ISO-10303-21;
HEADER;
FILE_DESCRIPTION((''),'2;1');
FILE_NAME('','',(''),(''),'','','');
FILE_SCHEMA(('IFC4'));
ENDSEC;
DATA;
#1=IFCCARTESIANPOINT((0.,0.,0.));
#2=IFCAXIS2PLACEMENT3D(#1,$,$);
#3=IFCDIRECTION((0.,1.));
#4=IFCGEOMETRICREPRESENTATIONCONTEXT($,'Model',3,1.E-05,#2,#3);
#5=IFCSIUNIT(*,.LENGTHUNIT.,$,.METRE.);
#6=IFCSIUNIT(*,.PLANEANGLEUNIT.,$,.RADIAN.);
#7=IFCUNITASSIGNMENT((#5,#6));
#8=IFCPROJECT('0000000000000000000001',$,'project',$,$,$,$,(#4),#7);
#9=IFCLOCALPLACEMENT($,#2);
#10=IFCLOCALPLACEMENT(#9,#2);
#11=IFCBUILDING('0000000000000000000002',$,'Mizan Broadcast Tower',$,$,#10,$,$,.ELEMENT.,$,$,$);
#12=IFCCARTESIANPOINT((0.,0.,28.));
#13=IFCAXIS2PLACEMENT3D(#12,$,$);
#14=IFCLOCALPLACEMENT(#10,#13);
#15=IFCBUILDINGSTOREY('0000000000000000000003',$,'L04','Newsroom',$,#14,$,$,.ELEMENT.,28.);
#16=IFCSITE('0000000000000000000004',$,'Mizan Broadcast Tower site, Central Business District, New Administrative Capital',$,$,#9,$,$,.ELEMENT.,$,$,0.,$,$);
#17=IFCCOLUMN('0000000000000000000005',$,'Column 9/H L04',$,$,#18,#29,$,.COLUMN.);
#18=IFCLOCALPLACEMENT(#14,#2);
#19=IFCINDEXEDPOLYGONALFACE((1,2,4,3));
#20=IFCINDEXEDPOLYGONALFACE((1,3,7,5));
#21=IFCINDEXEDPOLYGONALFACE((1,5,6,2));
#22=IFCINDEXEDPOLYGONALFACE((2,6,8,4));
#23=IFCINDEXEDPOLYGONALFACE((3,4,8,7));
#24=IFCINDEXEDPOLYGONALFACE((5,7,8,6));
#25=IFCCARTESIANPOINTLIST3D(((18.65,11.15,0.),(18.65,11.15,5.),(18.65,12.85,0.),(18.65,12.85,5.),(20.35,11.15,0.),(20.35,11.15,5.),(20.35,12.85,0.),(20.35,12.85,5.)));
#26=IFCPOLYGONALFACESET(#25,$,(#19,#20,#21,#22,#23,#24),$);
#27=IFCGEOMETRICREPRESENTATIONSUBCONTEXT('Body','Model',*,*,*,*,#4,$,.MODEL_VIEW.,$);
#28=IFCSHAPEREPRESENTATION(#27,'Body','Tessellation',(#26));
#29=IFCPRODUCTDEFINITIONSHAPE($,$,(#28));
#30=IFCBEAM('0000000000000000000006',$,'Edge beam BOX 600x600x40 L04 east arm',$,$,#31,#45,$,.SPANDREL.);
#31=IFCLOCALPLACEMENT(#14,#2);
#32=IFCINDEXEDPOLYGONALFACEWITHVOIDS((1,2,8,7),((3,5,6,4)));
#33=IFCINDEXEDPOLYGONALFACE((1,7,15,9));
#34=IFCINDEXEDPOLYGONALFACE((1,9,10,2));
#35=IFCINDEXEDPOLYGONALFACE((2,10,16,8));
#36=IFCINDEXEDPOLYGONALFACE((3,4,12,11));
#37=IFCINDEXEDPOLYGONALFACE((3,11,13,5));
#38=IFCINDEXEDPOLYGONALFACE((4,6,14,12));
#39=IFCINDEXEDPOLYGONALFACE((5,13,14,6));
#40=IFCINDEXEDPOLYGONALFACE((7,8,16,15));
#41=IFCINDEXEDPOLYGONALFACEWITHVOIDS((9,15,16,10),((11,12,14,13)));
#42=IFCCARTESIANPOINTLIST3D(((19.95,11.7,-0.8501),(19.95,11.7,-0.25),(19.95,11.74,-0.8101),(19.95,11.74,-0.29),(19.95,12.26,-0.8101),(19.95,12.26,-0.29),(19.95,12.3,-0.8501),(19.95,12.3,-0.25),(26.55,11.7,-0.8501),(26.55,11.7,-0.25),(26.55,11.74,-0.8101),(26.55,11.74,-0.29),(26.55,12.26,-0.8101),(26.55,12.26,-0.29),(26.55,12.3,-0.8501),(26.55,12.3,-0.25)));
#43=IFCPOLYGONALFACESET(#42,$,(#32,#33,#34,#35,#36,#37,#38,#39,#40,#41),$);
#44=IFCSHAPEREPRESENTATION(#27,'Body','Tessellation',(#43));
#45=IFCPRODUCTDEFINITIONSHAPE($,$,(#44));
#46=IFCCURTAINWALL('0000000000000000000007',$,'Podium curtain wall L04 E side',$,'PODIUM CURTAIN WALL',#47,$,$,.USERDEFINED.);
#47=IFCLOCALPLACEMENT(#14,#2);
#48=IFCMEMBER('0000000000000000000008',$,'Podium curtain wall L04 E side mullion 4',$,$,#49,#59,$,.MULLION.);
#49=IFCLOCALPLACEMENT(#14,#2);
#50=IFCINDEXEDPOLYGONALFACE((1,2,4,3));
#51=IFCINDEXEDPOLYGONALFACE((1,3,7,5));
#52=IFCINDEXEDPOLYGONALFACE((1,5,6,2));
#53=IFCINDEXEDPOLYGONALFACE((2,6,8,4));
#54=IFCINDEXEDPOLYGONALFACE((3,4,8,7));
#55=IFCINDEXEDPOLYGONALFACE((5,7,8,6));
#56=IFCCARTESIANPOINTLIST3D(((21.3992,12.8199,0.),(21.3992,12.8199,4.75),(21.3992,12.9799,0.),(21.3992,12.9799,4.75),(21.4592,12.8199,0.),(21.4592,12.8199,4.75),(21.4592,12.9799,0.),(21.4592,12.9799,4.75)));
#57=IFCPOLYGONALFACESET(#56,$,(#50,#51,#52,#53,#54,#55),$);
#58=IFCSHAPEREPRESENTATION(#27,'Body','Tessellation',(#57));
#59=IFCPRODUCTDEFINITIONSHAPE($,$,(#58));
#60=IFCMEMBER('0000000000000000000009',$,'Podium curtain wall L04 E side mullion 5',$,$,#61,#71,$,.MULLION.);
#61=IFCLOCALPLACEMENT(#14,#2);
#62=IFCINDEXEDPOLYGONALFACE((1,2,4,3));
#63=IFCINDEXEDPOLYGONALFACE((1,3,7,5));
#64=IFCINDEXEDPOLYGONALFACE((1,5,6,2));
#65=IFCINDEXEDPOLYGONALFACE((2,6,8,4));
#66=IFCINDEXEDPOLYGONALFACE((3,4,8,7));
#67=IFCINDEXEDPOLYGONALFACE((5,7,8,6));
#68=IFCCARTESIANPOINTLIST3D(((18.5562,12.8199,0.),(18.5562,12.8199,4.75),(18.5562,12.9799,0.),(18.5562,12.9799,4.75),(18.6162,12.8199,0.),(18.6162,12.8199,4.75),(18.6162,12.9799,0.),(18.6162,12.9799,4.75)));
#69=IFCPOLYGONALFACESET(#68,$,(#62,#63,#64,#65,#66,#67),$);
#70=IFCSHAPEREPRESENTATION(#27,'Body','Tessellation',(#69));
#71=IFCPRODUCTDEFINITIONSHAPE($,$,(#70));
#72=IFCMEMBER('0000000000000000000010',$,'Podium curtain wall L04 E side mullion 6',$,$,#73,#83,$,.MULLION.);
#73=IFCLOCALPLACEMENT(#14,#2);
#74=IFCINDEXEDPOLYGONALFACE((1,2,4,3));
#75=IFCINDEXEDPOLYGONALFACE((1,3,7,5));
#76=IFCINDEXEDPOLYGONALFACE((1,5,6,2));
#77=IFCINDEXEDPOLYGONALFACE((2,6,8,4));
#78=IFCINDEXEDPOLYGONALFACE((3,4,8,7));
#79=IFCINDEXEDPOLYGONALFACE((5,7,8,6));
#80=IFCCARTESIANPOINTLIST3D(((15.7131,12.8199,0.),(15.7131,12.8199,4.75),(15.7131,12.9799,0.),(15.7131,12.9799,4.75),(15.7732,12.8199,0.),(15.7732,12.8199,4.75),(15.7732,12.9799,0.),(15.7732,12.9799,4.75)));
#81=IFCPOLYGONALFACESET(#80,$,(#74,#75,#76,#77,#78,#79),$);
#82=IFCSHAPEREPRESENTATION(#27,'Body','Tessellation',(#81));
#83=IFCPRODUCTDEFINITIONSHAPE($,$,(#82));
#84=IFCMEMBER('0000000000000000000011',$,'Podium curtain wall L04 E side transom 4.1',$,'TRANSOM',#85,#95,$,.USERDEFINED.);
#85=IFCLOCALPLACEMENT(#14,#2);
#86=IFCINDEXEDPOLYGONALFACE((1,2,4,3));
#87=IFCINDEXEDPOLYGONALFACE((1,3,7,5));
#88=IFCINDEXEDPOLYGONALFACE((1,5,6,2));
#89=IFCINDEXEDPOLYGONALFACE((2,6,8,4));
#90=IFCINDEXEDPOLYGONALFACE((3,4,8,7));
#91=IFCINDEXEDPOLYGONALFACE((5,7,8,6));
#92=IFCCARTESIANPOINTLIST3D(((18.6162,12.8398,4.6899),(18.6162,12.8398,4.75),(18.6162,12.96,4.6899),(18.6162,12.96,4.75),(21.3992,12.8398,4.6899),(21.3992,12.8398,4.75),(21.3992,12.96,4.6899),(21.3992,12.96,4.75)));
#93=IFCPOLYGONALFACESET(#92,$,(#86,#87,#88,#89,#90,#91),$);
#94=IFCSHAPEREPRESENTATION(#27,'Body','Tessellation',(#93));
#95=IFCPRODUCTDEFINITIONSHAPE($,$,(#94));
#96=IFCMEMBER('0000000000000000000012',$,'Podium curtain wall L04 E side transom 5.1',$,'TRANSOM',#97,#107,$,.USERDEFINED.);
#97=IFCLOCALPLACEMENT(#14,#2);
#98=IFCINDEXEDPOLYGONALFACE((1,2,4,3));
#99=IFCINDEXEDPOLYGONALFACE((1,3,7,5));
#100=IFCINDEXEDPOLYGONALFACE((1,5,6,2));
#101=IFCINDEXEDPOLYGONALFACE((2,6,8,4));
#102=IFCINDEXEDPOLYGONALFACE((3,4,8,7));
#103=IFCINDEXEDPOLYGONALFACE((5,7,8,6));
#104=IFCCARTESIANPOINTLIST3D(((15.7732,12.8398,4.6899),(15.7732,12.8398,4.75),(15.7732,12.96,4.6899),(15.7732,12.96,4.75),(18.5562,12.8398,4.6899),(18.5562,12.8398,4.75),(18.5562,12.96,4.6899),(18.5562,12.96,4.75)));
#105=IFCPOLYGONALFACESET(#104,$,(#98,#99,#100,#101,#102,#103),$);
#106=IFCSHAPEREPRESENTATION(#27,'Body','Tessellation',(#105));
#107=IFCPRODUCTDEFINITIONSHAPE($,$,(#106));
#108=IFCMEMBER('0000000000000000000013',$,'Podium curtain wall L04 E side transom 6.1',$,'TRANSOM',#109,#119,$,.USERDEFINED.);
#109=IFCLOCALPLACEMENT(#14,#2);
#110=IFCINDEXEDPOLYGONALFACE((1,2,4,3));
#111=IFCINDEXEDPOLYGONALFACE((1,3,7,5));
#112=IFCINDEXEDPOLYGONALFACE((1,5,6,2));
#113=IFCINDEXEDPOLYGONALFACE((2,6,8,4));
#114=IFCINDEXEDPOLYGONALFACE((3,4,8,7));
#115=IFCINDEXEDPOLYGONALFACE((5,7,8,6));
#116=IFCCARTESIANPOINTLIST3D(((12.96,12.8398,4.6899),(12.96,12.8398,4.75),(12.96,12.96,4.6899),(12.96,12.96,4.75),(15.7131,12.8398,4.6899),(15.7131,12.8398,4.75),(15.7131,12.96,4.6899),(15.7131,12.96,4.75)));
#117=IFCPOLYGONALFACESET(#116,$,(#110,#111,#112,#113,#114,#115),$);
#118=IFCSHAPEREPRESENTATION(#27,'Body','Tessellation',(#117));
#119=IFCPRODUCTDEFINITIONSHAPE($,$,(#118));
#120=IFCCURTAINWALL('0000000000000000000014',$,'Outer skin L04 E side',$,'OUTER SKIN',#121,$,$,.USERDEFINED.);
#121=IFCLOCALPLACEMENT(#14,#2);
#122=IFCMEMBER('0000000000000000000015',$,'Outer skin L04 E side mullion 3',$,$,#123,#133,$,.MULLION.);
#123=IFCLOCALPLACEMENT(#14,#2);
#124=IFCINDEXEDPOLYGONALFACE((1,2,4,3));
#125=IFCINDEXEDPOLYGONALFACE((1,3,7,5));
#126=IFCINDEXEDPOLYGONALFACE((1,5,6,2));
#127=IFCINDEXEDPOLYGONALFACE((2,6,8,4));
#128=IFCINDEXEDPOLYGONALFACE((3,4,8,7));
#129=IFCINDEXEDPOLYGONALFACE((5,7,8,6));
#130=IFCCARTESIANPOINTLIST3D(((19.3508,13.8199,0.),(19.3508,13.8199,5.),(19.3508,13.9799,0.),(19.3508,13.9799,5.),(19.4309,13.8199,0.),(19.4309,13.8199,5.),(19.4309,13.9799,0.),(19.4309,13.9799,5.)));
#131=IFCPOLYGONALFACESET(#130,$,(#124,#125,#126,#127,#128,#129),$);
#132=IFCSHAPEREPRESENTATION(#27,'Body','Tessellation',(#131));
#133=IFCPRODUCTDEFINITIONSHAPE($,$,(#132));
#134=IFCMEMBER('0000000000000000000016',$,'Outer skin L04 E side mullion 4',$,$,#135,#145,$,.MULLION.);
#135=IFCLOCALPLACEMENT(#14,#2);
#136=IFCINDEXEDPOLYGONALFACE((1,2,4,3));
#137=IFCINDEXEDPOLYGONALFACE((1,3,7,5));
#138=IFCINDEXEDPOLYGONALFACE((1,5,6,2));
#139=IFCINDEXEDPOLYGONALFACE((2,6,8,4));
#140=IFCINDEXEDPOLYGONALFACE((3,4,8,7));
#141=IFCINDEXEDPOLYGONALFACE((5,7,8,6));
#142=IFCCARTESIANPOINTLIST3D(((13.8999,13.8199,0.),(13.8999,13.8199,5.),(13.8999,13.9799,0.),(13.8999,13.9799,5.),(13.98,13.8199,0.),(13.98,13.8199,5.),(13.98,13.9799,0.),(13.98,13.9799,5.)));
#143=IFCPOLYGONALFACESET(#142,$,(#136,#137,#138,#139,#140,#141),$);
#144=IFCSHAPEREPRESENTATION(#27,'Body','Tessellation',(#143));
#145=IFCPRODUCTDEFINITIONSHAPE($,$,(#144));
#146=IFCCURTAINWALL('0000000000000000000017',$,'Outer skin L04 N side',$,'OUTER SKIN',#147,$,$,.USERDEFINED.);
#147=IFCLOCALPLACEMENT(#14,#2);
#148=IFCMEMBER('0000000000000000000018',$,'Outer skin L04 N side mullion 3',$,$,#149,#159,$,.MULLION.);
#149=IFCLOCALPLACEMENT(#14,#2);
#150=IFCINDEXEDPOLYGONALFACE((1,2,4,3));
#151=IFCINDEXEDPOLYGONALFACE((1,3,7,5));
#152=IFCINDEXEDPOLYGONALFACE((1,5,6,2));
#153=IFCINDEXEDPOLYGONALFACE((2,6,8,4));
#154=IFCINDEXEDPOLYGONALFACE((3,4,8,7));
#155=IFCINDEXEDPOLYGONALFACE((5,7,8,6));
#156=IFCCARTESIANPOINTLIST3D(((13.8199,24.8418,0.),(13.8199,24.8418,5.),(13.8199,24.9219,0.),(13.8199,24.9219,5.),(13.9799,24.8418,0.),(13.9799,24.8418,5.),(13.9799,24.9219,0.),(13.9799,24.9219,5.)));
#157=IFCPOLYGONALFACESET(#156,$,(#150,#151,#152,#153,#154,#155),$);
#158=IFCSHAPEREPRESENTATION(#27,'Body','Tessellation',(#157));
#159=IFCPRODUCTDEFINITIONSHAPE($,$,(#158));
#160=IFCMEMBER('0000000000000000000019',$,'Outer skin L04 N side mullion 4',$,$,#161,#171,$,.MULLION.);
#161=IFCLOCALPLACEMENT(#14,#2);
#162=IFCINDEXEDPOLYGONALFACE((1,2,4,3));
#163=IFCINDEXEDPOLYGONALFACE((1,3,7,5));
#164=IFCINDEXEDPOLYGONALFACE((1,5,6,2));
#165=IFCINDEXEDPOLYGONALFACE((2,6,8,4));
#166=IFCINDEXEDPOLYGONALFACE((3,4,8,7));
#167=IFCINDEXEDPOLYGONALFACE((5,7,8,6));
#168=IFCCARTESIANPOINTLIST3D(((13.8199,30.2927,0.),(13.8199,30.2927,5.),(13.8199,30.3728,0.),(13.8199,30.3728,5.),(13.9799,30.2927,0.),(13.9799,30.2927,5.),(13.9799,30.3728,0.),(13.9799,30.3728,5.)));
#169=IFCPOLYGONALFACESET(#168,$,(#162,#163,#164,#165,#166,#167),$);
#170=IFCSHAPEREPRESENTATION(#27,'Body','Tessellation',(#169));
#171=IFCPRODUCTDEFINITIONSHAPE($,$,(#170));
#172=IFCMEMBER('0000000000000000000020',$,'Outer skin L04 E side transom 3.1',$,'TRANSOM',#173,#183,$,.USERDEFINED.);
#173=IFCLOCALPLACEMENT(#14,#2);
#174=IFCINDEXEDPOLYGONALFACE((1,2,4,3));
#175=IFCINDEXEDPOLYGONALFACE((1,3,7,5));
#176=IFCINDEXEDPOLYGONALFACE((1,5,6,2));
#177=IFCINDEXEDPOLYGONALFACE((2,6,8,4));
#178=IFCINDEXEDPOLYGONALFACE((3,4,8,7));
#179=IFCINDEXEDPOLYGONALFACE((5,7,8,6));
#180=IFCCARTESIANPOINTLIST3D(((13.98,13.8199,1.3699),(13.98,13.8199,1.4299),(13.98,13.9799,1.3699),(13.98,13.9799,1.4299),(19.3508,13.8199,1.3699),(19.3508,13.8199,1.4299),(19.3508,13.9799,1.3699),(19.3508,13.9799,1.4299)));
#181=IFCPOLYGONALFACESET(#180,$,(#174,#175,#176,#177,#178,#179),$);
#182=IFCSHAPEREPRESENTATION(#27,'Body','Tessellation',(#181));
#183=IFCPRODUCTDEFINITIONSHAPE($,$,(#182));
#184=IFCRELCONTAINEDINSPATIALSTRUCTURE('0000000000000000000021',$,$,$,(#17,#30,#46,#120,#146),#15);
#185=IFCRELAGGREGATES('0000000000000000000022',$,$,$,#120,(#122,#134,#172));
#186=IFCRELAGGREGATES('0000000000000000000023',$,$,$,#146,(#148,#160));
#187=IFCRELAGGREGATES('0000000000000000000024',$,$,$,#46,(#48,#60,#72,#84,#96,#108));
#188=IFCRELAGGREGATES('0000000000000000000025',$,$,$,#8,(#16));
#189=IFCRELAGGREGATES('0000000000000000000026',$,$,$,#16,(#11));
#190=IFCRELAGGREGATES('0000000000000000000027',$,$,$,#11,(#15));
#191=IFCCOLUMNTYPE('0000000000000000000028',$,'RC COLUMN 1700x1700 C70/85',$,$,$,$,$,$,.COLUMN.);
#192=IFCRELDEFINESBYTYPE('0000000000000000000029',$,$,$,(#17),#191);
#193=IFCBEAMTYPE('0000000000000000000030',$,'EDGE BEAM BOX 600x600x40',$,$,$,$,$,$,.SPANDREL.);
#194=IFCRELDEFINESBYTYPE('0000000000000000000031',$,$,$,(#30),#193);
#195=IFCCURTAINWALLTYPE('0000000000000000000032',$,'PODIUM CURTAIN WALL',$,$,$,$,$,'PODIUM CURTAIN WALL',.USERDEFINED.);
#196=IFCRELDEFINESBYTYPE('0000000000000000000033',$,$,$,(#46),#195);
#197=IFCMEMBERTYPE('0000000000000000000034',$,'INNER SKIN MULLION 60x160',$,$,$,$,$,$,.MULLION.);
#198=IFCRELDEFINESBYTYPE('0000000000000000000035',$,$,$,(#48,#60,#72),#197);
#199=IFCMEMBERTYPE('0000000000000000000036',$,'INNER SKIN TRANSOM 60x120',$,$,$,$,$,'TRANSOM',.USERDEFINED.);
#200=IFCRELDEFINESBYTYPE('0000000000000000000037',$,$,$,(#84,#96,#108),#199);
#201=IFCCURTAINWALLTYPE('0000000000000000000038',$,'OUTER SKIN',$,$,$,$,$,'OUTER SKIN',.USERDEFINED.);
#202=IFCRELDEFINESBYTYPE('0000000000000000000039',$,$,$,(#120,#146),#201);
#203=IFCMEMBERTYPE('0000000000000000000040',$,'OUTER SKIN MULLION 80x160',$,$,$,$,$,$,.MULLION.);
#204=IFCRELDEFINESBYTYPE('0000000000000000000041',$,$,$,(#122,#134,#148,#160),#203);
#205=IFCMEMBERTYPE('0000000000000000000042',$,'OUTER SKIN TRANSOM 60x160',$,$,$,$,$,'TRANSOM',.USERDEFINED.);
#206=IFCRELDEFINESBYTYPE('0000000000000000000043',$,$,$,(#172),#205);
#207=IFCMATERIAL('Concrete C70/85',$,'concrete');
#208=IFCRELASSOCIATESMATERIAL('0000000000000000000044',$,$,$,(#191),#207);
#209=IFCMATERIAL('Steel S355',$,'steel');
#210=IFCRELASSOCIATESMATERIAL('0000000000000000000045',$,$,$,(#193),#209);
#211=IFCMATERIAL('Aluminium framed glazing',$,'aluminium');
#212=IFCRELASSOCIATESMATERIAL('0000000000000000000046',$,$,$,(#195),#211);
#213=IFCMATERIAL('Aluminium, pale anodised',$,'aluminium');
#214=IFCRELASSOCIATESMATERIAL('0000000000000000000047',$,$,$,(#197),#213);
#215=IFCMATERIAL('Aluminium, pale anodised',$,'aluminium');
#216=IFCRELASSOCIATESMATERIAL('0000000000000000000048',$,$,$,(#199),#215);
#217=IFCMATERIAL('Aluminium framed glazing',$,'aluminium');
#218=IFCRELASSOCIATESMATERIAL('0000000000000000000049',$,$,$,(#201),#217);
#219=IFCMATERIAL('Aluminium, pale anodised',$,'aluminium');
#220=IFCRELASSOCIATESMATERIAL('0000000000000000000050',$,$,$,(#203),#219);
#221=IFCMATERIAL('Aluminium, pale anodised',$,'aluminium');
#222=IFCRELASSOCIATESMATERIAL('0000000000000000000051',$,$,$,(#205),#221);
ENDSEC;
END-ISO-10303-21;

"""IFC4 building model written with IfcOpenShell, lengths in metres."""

from ifc_helpers import new_model, si_unit, direction, frame, origin, origin_2d, place, context, subcontext, project, spatial, rectangle, hollow_rectangle, extrude, material, material_profile, profile_set, type_object, element, aggregate, save


model = new_model("IFC4")

# Units and contexts
model_context = context("Model", 3, precision=1e-05, world=origin(), true_north=direction((0.0, 1.0)))
body_context = subcontext(model_context, "Body", "Model", "MODEL_VIEW")
ifc_project = project(units=[si_unit("LENGTHUNIT", "METRE"), si_unit("PLANEANGLEUNIT", "RADIAN")], contexts=[model_context])

# Site, building, storey
site_placement = place(None, origin())
site = spatial("IfcSite", under=ifc_project, at=site_placement, Name="Mizan Broadcast Tower site, Central Business District, New Administrative Capital", CompositionType="ELEMENT", RefElevation=0.0)
building_placement = place(site_placement, origin())
building = spatial("IfcBuilding", under=site, at=building_placement, Name="Mizan Broadcast Tower", CompositionType="ELEMENT")
storey_placement = place(building_placement, frame((0.0, 0.0, 28.0)))
storey = spatial("IfcBuildingStorey", under=building, at=storey_placement, Name="L04", Description="Newsroom", CompositionType="ELEMENT", Elevation=28.0)

# Column
ifc_material_1 = material(Name="Concrete C70/85", Category="concrete")
ifc_material_profile_1 = material_profile(ifc_material_1, rectangle(XDim=1.7, YDim=1.7, at=origin_2d()), Name="RC 1700x1700")
ifc_profile_set_1 = profile_set([ifc_material_profile_1], Name="Concrete C70/85")
column_type = type_object("IfcColumnType", Name="RC COLUMN 1700x1700 C70/85", PredefinedType="COLUMN", material=ifc_profile_set_1)
column_placement = place(storey_placement, frame((19.5, 12.0, 0.0), z_axis=(0.0, 0.0, 1.0), x_axis=(1.0, 0.0, 0.0)))
element("IfcColumn", 1, at=column_placement, inside=storey, type_object=column_type, Name="Column 9/H L04", PredefinedType="COLUMN", context=body_context, shape_type="SweptSolid", body=[
    extrude(rectangle(XDim=1.7, YDim=1.7, at=origin_2d()), origin(), (0.0, 0.0, 1.0), 5.0),
])

# Beam
ifc_material_2 = material(Name="Steel S355", Category="steel")
ifc_material_profile_2 = material_profile(ifc_material_2, hollow_rectangle(XDim=0.6001, YDim=0.6001, WallThickness=0.04, at=origin_2d()), Name="BOX 600x600x40")
ifc_profile_set_2 = profile_set([ifc_material_profile_2], Name="Steel S355")
beam_type = type_object("IfcBeamType", Name="EDGE BEAM BOX 600x600x40", PredefinedType="SPANDREL", material=ifc_profile_set_2)
beam_placement = place(storey_placement, frame((19.95, 12.0, -0.55), z_axis=(1.0, 0.0, 0.0), x_axis=(0.0, 1.0, 0.0)))
element("IfcBeam", 2, at=beam_placement, inside=storey, type_object=beam_type, Name="Edge beam BOX 600x600x40 L04 east arm", PredefinedType="SPANDREL", context=body_context, shape_type="SweptSolid", body=[
    extrude(hollow_rectangle(XDim=0.6001, YDim=0.6001, WallThickness=0.04, at=origin_2d()), origin(), (0.0, 0.0, 1.0), 6.6001),
])

# Curtain walls, members
ifc_material_3 = material(Name="Aluminium framed glazing", Category="aluminium")
curtain_wall_type_1 = type_object("IfcCurtainWallType", Name="PODIUM CURTAIN WALL", ElementType="PODIUM CURTAIN WALL", PredefinedType="USERDEFINED", material=ifc_material_3)
curtain_wall_1_placement = place(storey_placement, origin())
curtain_wall_1 = element("IfcCurtainWall", 3, at=curtain_wall_1_placement, inside=storey, type_object=curtain_wall_type_1, Name="Podium curtain wall L04 E side", ObjectType="PODIUM CURTAIN WALL", PredefinedType="USERDEFINED")
ifc_material_4 = material(Name="Aluminium, pale anodised", Category="aluminium")
ifc_material_profile_3 = material_profile(ifc_material_4, rectangle(XDim=0.1599, YDim=0.0601, at=origin_2d()), Name="MULLION 160x60")
ifc_profile_set_3 = profile_set([ifc_material_profile_3], Name="Aluminium, pale anodised")
member_type_1 = type_object("IfcMemberType", Name="INNER SKIN MULLION 60x160", PredefinedType="MULLION", material=ifc_profile_set_3)
member_1_placement = place(storey_placement, frame((21.4292, 12.8999, 0.0), z_axis=(0.0, 0.0, 1.0), x_axis=(0.0, -1.0, 0.0)))
member_1 = element("IfcMember", 4, at=member_1_placement, type_object=member_type_1, Name="Podium curtain wall L04 E side mullion 4", PredefinedType="MULLION", context=body_context, shape_type="SweptSolid", body=[
    extrude(rectangle(XDim=0.1599, YDim=0.0601, at=origin_2d()), origin(), (0.0, 0.0, 1.0), 4.75),
])
member_2_placement = place(storey_placement, frame((18.5862, 12.8999, 0.0), z_axis=(0.0, 0.0, 1.0), x_axis=(0.0, -1.0, 0.0)))
member_2 = element("IfcMember", 5, at=member_2_placement, type_object=member_type_1, Name="Podium curtain wall L04 E side mullion 5", PredefinedType="MULLION", context=body_context, shape_type="SweptSolid", body=[
    extrude(rectangle(XDim=0.1599, YDim=0.0601, at=origin_2d()), origin(), (0.0, 0.0, 1.0), 4.75),
])
member_3_placement = place(storey_placement, frame((15.7432, 12.8999, 0.0), z_axis=(0.0, 0.0, 1.0), x_axis=(0.0, -1.0, 0.0)))
member_3 = element("IfcMember", 6, at=member_3_placement, type_object=member_type_1, Name="Podium curtain wall L04 E side mullion 6", PredefinedType="MULLION", context=body_context, shape_type="SweptSolid", body=[
    extrude(rectangle(XDim=0.1599, YDim=0.0601, at=origin_2d()), origin(), (0.0, 0.0, 1.0), 4.75),
])
ifc_material_5 = material(Name="Aluminium, pale anodised", Category="aluminium")
ifc_material_profile_4 = material_profile(ifc_material_5, rectangle(XDim=0.1201, YDim=0.0601, at=origin_2d()), Name="TRANSOM 120x60")
ifc_profile_set_4 = profile_set([ifc_material_profile_4], Name="Aluminium, pale anodised")
member_type_2 = type_object("IfcMemberType", Name="INNER SKIN TRANSOM 60x120", ElementType="TRANSOM", PredefinedType="USERDEFINED", material=ifc_profile_set_4)
member_4_placement = place(storey_placement, frame((21.3992, 12.8999, 4.72), z_axis=(-1.0, 0.0, 0.0), x_axis=(0.0, -1.0, 0.0)))
member_4 = element("IfcMember", 7, at=member_4_placement, type_object=member_type_2, Name="Podium curtain wall L04 E side transom 4.1", ObjectType="TRANSOM", PredefinedType="USERDEFINED", context=body_context, shape_type="SweptSolid", body=[
    extrude(rectangle(XDim=0.1201, YDim=0.0601, at=origin_2d()), origin(), (0.0, 0.0, 1.0), 2.783),
])
member_5_placement = place(storey_placement, frame((18.5562, 12.8999, 4.72), z_axis=(-1.0, 0.0, 0.0), x_axis=(0.0, -1.0, 0.0)))
member_5 = element("IfcMember", 8, at=member_5_placement, type_object=member_type_2, Name="Podium curtain wall L04 E side transom 5.1", ObjectType="TRANSOM", PredefinedType="USERDEFINED", context=body_context, shape_type="SweptSolid", body=[
    extrude(rectangle(XDim=0.1201, YDim=0.0601, at=origin_2d()), origin(), (0.0, 0.0, 1.0), 2.783),
])
member_6_placement = place(storey_placement, frame((15.7131, 12.8999, 4.72), z_axis=(-1.0, 0.0, 0.0), x_axis=(0.0, -1.0, 0.0)))
member_6 = element("IfcMember", 9, at=member_6_placement, type_object=member_type_2, Name="Podium curtain wall L04 E side transom 6.1", ObjectType="TRANSOM", PredefinedType="USERDEFINED", context=body_context, shape_type="SweptSolid", body=[
    extrude(rectangle(XDim=0.1201, YDim=0.0601, at=origin_2d()), origin(), (0.0, 0.0, 1.0), 2.7532),
])
ifc_material_6 = material(Name="Aluminium framed glazing", Category="aluminium")
curtain_wall_type_2 = type_object("IfcCurtainWallType", Name="OUTER SKIN", ElementType="OUTER SKIN", PredefinedType="USERDEFINED", material=ifc_material_6)
curtain_wall_2_placement = place(storey_placement, origin())
curtain_wall_2 = element("IfcCurtainWall", 10, at=curtain_wall_2_placement, inside=storey, type_object=curtain_wall_type_2, Name="Outer skin L04 E side", ObjectType="OUTER SKIN", PredefinedType="USERDEFINED")
ifc_material_7 = material(Name="Aluminium, pale anodised", Category="aluminium")
ifc_material_profile_5 = material_profile(ifc_material_7, rectangle(XDim=0.1599, YDim=0.0801, at=origin_2d()), Name="MULLION 160x80")
ifc_profile_set_5 = profile_set([ifc_material_profile_5], Name="Aluminium, pale anodised")
member_type_3 = type_object("IfcMemberType", Name="OUTER SKIN MULLION 80x160", PredefinedType="MULLION", material=ifc_profile_set_5)
member_7_placement = place(storey_placement, frame((19.3909, 13.8999, 0.0), z_axis=(0.0, 0.0, 1.0), x_axis=(0.0, -1.0, 0.0)))
member_7 = element("IfcMember", 11, at=member_7_placement, type_object=member_type_3, Name="Outer skin L04 E side mullion 3", PredefinedType="MULLION", context=body_context, shape_type="SweptSolid", body=[
    extrude(rectangle(XDim=0.1599, YDim=0.0801, at=origin_2d()), origin(), (0.0, 0.0, 1.0), 5.0),
])
member_8_placement = place(storey_placement, frame((13.9399, 13.8999, 0.0), z_axis=(0.0, 0.0, 1.0), x_axis=(0.0, -1.0, 0.0)))
member_8 = element("IfcMember", 12, at=member_8_placement, type_object=member_type_3, Name="Outer skin L04 E side mullion 4", PredefinedType="MULLION", context=body_context, shape_type="SweptSolid", body=[
    extrude(rectangle(XDim=0.1599, YDim=0.0801, at=origin_2d()), origin(), (0.0, 0.0, 1.0), 5.0),
])
curtain_wall_3_placement = place(storey_placement, origin())
curtain_wall_3 = element("IfcCurtainWall", 13, at=curtain_wall_3_placement, inside=storey, type_object=curtain_wall_type_2, Name="Outer skin L04 N side", ObjectType="OUTER SKIN", PredefinedType="USERDEFINED")
member_9_placement = place(storey_placement, frame((13.8999, 24.8818, 0.0), z_axis=(0.0, 0.0, 1.0), x_axis=(-1.0, 0.0, 0.0)))
member_9 = element("IfcMember", 14, at=member_9_placement, type_object=member_type_3, Name="Outer skin L04 N side mullion 3", PredefinedType="MULLION", context=body_context, shape_type="SweptSolid", body=[
    extrude(rectangle(XDim=0.1599, YDim=0.0801, at=origin_2d()), origin(), (0.0, 0.0, 1.0), 5.0),
])
member_10_placement = place(storey_placement, frame((13.8999, 30.3328, 0.0), z_axis=(0.0, 0.0, 1.0), x_axis=(-1.0, 0.0, 0.0)))
member_10 = element("IfcMember", 15, at=member_10_placement, type_object=member_type_3, Name="Outer skin L04 N side mullion 4", PredefinedType="MULLION", context=body_context, shape_type="SweptSolid", body=[
    extrude(rectangle(XDim=0.1599, YDim=0.0801, at=origin_2d()), origin(), (0.0, 0.0, 1.0), 5.0),
])

# Member
ifc_material_8 = material(Name="Aluminium, pale anodised", Category="aluminium")
ifc_material_profile_6 = material_profile(ifc_material_8, rectangle(XDim=0.1599, YDim=0.0601, at=origin_2d()), Name="TRANSOM 160x60")
ifc_profile_set_6 = profile_set([ifc_material_profile_6], Name="Aluminium, pale anodised")
member_type_4 = type_object("IfcMemberType", Name="OUTER SKIN TRANSOM 60x160", ElementType="TRANSOM", PredefinedType="USERDEFINED", material=ifc_profile_set_6)
member_11_placement = place(storey_placement, frame((19.3508, 13.8999, 1.3999), z_axis=(-1.0, 0.0, 0.0), x_axis=(0.0, -1.0, 0.0)))
member_11 = element("IfcMember", 16, at=member_11_placement, type_object=member_type_4, Name="Outer skin L04 E side transom 3.1", ObjectType="TRANSOM", PredefinedType="USERDEFINED", context=body_context, shape_type="SweptSolid", body=[
    extrude(rectangle(XDim=0.1599, YDim=0.0601, at=origin_2d()), origin(), (0.0, 0.0, 1.0), 5.3708),
])

aggregate(curtain_wall_2, [member_7, member_8, member_11])
aggregate(curtain_wall_3, [member_9, member_10])
aggregate(curtain_wall_1, [member_1, member_2, member_3, member_4, member_5, member_6])

save(model, "model.ifc")
